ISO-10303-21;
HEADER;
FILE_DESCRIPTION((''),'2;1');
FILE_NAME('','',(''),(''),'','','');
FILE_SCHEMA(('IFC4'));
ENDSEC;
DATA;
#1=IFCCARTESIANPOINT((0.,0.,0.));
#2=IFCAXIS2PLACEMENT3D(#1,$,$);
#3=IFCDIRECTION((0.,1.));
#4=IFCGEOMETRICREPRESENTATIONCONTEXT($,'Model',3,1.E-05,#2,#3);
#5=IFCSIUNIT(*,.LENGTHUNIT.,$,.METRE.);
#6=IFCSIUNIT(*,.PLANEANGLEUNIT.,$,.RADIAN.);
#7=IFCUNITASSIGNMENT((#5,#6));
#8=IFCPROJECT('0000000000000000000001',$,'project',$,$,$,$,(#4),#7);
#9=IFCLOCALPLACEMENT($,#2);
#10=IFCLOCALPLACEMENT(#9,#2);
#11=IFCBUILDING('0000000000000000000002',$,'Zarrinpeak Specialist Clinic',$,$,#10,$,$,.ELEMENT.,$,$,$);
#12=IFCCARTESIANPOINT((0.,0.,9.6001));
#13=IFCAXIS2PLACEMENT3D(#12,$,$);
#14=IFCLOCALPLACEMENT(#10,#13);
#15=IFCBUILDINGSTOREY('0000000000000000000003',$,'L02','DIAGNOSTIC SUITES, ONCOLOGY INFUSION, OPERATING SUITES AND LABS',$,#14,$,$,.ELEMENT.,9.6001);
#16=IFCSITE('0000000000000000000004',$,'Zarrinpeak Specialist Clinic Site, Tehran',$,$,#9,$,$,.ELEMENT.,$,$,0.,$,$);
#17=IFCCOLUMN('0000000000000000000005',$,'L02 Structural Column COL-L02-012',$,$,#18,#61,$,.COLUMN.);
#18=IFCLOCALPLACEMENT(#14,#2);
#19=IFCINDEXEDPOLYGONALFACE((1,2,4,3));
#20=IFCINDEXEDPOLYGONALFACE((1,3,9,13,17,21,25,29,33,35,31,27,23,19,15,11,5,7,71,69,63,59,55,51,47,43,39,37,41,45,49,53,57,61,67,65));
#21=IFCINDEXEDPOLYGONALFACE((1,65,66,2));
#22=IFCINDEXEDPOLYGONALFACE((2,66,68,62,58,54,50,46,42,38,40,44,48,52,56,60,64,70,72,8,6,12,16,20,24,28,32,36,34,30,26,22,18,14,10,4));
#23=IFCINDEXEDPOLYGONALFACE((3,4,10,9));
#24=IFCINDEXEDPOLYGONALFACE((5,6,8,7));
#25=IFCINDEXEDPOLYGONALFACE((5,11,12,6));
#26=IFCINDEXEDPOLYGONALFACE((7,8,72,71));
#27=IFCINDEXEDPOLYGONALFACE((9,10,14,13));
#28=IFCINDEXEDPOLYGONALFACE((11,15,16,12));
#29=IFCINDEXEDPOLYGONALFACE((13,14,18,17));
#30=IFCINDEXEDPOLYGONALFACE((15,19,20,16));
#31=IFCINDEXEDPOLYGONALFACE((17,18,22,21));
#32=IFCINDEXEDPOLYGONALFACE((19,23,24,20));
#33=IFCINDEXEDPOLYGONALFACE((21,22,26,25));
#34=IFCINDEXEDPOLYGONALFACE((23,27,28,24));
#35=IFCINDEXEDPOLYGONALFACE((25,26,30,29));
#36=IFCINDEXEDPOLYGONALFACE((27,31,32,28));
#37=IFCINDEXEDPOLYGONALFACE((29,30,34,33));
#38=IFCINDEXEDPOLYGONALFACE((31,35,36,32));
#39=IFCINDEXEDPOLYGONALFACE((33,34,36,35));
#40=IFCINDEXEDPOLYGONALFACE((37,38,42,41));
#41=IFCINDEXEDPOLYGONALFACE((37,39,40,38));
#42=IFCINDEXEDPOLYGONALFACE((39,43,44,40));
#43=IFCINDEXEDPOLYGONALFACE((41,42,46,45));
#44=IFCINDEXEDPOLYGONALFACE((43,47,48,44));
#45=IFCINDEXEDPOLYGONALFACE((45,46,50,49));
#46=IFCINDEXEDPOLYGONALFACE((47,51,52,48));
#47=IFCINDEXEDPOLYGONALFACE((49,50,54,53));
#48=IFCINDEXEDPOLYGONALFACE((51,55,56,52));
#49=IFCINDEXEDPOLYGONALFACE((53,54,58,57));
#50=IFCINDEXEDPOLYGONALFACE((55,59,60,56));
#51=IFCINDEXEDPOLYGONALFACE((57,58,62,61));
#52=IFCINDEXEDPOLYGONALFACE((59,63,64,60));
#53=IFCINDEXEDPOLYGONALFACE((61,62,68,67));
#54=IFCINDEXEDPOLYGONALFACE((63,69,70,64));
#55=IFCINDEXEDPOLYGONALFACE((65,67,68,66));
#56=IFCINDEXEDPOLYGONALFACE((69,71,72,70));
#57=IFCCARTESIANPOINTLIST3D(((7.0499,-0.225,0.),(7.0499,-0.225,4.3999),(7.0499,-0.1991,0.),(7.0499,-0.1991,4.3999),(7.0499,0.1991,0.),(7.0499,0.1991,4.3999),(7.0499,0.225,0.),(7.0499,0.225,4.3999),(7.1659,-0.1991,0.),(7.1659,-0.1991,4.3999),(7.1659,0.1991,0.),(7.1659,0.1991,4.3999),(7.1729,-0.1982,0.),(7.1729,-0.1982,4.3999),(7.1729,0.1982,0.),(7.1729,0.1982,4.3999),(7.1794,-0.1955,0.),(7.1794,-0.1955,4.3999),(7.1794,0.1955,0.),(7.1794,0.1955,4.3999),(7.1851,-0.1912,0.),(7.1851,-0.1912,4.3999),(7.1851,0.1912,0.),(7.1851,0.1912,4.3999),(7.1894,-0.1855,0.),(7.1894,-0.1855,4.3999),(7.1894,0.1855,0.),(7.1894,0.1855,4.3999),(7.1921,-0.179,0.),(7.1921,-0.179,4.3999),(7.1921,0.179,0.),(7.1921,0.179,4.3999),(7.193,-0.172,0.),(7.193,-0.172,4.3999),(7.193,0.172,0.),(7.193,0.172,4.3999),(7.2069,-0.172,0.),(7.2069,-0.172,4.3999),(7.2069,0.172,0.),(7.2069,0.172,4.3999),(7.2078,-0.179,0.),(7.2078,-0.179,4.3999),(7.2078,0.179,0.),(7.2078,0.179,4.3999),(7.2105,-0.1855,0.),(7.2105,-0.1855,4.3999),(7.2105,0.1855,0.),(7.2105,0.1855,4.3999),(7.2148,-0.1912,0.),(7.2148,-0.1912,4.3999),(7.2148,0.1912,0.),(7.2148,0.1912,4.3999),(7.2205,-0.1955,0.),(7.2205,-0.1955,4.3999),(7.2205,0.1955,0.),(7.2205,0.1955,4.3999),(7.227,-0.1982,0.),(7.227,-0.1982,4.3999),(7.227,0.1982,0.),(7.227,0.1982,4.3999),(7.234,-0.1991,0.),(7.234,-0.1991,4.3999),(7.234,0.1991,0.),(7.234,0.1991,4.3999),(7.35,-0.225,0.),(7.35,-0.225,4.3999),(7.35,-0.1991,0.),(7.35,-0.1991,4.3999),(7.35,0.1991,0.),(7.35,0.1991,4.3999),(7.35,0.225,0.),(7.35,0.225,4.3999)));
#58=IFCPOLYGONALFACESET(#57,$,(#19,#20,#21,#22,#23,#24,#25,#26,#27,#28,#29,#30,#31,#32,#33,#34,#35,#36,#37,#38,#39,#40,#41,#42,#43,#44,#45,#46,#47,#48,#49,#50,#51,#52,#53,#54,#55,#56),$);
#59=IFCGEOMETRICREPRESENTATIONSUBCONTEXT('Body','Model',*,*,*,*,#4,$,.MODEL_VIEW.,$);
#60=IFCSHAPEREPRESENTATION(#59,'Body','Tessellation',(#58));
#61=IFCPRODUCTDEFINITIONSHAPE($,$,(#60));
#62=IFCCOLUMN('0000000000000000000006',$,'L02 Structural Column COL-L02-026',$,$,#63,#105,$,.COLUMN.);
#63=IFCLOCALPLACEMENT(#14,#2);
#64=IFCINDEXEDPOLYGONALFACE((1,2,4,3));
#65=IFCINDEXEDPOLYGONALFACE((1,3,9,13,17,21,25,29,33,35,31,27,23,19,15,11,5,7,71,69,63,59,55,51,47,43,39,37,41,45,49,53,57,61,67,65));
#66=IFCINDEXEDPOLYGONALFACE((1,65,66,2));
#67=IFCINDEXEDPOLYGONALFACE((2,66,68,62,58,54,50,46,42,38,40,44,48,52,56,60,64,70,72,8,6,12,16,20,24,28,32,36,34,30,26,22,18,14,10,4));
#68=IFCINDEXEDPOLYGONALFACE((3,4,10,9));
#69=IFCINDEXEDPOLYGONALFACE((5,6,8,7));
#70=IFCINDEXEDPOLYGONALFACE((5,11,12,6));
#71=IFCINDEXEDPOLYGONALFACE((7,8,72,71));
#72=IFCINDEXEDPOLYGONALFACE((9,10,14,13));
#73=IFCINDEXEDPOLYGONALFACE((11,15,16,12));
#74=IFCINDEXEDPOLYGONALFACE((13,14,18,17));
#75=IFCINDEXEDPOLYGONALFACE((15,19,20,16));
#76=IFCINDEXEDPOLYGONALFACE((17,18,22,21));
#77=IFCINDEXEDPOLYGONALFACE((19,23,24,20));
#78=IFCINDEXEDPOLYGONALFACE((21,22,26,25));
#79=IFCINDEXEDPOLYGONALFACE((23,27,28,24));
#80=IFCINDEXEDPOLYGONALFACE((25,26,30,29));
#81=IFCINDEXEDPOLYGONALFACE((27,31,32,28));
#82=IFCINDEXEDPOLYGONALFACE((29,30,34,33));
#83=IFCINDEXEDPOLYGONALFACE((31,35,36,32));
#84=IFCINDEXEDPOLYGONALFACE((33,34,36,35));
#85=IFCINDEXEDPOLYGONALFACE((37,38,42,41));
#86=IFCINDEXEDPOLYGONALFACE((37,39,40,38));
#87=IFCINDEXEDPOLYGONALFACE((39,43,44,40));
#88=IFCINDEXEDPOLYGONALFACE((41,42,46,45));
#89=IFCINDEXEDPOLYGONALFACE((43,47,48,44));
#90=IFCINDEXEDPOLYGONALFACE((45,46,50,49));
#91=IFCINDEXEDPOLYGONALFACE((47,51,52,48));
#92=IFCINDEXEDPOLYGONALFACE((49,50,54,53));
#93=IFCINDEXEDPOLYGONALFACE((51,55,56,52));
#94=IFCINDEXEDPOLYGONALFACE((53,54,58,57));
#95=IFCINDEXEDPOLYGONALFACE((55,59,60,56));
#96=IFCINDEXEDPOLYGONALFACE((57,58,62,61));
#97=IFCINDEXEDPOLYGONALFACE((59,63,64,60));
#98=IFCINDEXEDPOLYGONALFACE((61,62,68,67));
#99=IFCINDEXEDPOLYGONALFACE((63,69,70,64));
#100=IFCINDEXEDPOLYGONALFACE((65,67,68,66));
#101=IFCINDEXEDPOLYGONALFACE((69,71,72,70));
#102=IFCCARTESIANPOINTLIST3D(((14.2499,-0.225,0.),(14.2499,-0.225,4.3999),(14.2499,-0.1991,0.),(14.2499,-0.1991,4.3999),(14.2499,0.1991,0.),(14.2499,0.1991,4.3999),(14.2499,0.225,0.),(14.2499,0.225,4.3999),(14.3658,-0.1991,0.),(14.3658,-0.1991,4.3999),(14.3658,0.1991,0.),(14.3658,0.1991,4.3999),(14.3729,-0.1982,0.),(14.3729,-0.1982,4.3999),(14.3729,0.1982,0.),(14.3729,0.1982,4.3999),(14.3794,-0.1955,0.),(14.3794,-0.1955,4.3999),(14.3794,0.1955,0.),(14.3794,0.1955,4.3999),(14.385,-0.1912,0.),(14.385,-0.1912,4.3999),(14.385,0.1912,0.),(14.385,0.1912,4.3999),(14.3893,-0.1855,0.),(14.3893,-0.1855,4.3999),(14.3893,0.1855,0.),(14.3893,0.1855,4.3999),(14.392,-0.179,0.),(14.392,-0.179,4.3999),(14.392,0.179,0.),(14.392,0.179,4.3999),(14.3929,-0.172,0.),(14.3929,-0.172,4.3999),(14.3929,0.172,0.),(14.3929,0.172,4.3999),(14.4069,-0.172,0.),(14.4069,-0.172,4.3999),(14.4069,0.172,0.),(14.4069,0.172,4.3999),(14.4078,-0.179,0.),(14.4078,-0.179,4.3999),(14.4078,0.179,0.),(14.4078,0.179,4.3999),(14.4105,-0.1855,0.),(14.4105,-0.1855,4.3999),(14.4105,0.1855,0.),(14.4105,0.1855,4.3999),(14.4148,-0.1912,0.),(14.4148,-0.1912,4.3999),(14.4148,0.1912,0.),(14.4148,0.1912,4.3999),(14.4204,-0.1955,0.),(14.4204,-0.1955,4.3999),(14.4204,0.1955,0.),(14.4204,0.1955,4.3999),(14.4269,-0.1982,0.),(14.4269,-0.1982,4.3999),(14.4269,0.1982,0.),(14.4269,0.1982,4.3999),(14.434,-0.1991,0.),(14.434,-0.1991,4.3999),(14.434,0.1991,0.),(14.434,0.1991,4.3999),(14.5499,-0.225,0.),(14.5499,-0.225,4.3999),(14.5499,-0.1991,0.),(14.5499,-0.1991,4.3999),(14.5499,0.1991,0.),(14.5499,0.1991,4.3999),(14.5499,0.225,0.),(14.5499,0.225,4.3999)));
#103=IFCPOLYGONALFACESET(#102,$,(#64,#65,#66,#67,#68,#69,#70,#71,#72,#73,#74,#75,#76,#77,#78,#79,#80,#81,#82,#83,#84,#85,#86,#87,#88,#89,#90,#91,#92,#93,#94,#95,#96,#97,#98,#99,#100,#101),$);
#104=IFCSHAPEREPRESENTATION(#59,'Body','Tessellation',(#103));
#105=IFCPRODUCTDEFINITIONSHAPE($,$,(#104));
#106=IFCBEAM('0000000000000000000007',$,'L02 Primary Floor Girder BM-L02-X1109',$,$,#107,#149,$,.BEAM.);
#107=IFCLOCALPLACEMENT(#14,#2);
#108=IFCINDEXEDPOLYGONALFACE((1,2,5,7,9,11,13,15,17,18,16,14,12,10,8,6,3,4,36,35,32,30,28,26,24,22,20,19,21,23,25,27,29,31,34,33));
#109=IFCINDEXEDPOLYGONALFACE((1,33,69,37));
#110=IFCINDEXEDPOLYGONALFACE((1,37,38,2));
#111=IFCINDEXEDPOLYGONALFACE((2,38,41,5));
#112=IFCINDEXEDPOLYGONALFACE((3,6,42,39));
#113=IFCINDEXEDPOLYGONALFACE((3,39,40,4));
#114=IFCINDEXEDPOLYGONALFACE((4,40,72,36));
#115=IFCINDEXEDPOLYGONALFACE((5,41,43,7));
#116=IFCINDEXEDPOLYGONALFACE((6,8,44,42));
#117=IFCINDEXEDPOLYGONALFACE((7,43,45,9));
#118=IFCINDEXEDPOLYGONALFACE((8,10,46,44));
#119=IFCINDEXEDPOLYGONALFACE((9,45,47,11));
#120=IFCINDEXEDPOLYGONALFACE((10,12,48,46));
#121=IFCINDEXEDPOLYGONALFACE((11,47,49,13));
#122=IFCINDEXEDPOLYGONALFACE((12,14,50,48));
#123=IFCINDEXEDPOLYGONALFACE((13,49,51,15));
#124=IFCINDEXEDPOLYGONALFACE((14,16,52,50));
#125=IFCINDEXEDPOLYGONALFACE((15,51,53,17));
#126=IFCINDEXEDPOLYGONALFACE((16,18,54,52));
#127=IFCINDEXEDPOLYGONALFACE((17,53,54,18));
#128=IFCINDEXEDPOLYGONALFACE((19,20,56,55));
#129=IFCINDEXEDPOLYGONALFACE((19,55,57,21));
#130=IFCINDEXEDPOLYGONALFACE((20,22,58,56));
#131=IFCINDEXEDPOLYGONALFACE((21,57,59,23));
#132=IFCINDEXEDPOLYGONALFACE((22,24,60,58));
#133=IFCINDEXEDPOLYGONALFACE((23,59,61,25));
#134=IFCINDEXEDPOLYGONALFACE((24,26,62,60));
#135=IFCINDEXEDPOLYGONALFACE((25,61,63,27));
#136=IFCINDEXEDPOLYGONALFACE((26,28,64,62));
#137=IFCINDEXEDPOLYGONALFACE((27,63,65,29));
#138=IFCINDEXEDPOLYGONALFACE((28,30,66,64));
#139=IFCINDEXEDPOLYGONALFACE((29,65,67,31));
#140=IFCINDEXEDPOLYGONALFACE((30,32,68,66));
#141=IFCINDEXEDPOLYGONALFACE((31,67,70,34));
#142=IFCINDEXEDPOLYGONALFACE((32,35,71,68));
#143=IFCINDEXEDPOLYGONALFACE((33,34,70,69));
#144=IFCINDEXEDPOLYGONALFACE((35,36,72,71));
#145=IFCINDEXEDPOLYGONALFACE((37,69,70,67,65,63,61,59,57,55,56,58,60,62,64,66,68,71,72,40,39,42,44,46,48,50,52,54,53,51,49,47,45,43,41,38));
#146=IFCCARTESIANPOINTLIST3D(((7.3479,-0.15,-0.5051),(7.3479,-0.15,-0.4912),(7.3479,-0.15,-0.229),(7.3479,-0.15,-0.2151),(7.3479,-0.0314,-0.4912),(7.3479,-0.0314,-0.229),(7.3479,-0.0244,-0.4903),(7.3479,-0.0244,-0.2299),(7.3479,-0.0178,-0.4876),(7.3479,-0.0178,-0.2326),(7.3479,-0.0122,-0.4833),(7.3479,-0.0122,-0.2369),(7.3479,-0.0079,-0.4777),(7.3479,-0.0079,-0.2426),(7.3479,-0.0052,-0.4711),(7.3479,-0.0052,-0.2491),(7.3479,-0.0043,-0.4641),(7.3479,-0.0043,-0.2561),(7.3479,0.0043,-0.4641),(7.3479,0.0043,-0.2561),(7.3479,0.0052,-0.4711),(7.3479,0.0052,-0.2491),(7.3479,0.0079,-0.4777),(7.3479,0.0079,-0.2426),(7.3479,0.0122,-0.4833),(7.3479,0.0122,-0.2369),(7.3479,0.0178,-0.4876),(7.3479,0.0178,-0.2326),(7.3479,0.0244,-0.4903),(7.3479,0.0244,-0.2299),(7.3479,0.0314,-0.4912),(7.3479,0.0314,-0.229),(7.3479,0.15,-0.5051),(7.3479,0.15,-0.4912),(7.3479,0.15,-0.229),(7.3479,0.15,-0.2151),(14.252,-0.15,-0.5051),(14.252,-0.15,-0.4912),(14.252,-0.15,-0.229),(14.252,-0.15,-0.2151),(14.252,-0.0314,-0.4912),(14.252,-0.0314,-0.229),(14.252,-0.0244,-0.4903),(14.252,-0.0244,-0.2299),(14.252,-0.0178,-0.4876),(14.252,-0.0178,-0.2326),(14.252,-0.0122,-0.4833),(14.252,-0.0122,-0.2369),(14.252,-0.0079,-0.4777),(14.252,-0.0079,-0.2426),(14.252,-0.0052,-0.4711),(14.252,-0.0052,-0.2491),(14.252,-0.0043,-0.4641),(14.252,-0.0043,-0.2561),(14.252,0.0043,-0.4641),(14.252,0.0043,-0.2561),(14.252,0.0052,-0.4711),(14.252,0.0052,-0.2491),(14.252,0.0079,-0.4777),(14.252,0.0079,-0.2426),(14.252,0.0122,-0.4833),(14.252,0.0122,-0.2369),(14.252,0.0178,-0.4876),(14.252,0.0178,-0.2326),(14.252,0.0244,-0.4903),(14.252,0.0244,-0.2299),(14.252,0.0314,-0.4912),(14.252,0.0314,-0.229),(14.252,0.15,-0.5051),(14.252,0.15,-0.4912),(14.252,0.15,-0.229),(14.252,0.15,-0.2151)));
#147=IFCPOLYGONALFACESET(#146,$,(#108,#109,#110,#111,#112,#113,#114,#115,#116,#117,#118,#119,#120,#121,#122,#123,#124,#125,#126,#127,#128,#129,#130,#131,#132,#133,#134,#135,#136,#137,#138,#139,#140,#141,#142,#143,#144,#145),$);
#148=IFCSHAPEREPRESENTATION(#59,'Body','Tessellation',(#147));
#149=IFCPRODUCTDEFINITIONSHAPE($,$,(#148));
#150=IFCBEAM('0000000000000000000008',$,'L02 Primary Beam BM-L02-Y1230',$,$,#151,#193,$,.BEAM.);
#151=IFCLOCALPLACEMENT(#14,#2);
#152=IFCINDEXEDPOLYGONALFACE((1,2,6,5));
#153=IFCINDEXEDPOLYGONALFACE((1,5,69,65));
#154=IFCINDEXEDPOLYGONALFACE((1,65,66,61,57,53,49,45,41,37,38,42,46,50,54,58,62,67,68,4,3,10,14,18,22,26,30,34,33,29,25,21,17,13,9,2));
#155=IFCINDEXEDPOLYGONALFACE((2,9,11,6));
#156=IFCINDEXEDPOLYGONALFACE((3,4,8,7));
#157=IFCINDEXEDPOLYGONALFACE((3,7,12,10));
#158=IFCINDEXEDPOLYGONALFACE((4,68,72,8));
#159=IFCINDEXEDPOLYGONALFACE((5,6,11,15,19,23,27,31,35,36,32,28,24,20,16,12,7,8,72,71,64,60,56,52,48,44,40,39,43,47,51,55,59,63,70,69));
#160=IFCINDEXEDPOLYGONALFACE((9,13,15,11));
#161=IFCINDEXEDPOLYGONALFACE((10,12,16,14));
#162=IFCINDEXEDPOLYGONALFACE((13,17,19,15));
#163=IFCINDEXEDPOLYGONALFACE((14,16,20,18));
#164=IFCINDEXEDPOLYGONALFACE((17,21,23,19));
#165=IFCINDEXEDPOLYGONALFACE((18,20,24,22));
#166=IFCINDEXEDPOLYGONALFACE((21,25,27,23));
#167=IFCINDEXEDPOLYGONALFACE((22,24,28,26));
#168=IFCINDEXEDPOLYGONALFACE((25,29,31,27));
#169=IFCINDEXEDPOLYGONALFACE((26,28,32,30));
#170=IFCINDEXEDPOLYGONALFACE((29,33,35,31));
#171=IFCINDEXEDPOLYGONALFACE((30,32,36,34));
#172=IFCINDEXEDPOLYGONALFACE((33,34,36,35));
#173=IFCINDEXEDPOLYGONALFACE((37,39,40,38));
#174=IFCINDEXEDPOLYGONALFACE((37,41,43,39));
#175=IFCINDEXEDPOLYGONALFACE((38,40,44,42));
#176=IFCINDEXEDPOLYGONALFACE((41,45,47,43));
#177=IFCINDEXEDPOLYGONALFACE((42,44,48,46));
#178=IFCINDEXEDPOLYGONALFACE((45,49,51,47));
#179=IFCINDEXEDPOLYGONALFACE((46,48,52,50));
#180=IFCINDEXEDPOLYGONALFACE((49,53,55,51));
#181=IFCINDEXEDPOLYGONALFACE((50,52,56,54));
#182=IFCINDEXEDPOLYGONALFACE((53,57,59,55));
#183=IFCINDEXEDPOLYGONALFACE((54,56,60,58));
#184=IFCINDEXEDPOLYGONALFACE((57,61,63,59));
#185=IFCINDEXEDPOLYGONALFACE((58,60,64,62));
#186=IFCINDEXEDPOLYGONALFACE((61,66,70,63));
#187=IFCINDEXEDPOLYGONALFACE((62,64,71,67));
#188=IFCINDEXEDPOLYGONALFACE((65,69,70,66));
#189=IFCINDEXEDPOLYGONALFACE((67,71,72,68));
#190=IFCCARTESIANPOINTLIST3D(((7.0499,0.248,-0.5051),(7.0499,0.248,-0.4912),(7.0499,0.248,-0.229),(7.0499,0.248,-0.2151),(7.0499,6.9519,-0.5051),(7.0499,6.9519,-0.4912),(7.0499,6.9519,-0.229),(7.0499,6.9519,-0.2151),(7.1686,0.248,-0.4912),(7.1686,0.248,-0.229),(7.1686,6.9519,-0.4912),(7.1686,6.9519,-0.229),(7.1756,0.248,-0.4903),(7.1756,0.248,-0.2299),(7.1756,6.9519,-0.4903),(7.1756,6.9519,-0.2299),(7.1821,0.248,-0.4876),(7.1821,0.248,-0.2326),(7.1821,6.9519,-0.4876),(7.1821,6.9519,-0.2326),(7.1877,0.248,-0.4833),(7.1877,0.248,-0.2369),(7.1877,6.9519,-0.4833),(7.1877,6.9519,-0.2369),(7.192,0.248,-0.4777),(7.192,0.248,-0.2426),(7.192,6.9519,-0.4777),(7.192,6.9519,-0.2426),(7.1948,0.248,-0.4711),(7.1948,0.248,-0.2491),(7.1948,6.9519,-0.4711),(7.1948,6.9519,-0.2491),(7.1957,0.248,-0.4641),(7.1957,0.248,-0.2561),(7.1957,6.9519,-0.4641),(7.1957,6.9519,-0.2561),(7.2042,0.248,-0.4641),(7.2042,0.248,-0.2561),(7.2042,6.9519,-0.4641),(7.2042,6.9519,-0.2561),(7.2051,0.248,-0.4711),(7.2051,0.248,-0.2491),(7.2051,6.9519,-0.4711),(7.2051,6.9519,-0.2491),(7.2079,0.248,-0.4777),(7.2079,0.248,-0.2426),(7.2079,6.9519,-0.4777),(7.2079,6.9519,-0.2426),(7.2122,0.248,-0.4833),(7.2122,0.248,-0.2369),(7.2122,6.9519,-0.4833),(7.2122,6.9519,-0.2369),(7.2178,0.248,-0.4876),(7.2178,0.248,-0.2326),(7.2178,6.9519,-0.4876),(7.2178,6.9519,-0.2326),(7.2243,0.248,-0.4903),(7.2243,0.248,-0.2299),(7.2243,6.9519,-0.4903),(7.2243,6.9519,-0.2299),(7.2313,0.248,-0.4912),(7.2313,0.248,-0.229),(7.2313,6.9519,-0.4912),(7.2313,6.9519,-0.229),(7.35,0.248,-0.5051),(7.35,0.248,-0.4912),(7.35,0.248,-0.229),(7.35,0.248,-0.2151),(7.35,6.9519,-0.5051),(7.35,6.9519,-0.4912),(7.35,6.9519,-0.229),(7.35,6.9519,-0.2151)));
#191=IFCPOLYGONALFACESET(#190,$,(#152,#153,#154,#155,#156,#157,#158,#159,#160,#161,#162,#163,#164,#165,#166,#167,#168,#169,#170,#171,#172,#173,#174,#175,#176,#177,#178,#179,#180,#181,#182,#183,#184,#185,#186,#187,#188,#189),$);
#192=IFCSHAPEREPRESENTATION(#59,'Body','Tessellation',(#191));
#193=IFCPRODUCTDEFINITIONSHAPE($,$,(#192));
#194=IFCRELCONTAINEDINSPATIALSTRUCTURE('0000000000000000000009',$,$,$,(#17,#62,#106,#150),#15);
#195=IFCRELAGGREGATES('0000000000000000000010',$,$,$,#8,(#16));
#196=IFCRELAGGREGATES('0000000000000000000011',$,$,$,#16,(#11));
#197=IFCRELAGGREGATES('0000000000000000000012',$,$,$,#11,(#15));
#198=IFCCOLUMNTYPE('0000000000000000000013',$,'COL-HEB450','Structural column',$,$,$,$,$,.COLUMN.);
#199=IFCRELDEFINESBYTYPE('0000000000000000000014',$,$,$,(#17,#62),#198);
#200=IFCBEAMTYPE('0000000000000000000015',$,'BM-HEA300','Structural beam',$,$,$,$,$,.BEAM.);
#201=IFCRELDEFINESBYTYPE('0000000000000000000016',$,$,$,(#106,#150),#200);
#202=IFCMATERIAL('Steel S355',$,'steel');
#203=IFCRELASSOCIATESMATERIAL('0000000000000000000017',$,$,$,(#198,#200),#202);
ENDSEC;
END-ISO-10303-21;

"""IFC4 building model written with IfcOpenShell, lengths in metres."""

from ifc_helpers import new_model, si_unit, direction, frame, origin, origin_2d, place, context, subcontext, project, spatial, i_section, extrude, material, material_profile, profile_set, type_object, element, save


model = new_model("IFC4")

# Units and contexts
model_context = context("Model", 3, precision=1e-05, world=origin(), true_north=direction((0.0, 1.0)))
body_context = subcontext(model_context, "Body", "Model", "MODEL_VIEW")
ifc_project = project(units=[si_unit("LENGTHUNIT", "METRE"), si_unit("PLANEANGLEUNIT", "RADIAN")], contexts=[model_context])

# Site, building, storey
site_placement = place(None, origin())
site = spatial("IfcSite", under=ifc_project, at=site_placement, Name="Zarrinpeak Specialist Clinic Site, Tehran", CompositionType="ELEMENT", RefElevation=0.0)
building_placement = place(site_placement, origin())
building = spatial("IfcBuilding", under=site, at=building_placement, Name="Zarrinpeak Specialist Clinic", CompositionType="ELEMENT")
storey_placement = place(building_placement, frame((0.0, 0.0, 9.6001)))
storey = spatial("IfcBuildingStorey", under=building, at=storey_placement, Name="L02", Description="DIAGNOSTIC SUITES, ONCOLOGY INFUSION, OPERATING SUITES AND LABS", CompositionType="ELEMENT", Elevation=9.6001)

# Columns
ifc_material_1 = material(Name="Steel S355", Category="steel")
ifc_material_profile_1 = material_profile(ifc_material_1, i_section(OverallWidth=0.3, OverallDepth=0.45, WebThickness=0.0139, FlangeThickness=0.0259, FilletRadius=0.0271, at=origin_2d()), Name="HEB 450")
ifc_profile_set_1 = profile_set([ifc_material_profile_1], Name="Steel S355")
column_type = type_object("IfcColumnType", Name="COL-HEB450", Description="Structural column", PredefinedType="COLUMN", material=ifc_profile_set_1)
for number, where, z_axis, x_axis, name in (
    (1, (7.2, 0.0, 0.0), (0.0, 0.0, 1.0), (1.0, 0.0, 0.0), "L02 Structural Column COL-L02-012"),
    (2, (14.3999, 0.0, 0.0), (0.0, 0.0, 1.0), (1.0, 0.0, 0.0), "L02 Structural Column COL-L02-026"),
):
    element("IfcColumn", number, at=place(storey_placement, frame(where, z_axis=z_axis, x_axis=x_axis)), inside=storey, type_object=column_type, Name=name, PredefinedType="COLUMN", context=body_context, shape_type="SweptSolid", body=[
        extrude(i_section(OverallWidth=0.3, OverallDepth=0.45, WebThickness=0.0139, FlangeThickness=0.0259, FilletRadius=0.0271, at=origin_2d()), origin(), (0.0, 0.0, 1.0), 4.3999),
    ])

# Beams
ifc_material_profile_2 = material_profile(ifc_material_1, i_section(OverallWidth=0.3, OverallDepth=0.29, WebThickness=0.0085, FlangeThickness=0.0139, FilletRadius=0.0271, at=origin_2d()), Name="HEA 300")
ifc_profile_set_2 = profile_set([ifc_material_profile_2], Name="Steel S355")
beam_type_1 = type_object("IfcBeamType", Name="BM-HEA300", Description="Structural beam", PredefinedType="BEAM", material=ifc_profile_set_2)
beam_placement = place(storey_placement, frame((7.3479, 0.0, -0.3601), z_axis=(1.0, 0.0, 0.0), x_axis=(0.0, 1.0, 0.0)))
element("IfcBeam", 3, at=beam_placement, inside=storey, type_object=beam_type_1, Name="L02 Primary Floor Girder BM-L02-X1109", PredefinedType="BEAM", context=body_context, shape_type="SweptSolid", body=[
    extrude(i_section(OverallWidth=0.3, OverallDepth=0.29, WebThickness=0.0085, FlangeThickness=0.0139, FilletRadius=0.0271, at=origin_2d()), origin(), (0.0, 0.0, 1.0), 6.9041),
])
for number, where, z_axis, x_axis, name in (
    (4, (7.2, 0.248, -0.3601), (0.0, 1.0, 0.0), (-1.0, 0.0, 0.0), "L02 Primary Beam BM-L02-Y1230"),
):
    element("IfcBeam", number, at=place(storey_placement, frame(where, z_axis=z_axis, x_axis=x_axis)), inside=storey, type_object=beam_type_1, Name=name, PredefinedType="BEAM", context=body_context, shape_type="SweptSolid", body=[
        extrude(i_section(OverallWidth=0.3, OverallDepth=0.29, WebThickness=0.0085, FlangeThickness=0.0139, FilletRadius=0.0271, at=origin_2d()), origin(), (0.0, 0.0, 1.0), 6.7039),
    ])

save(model, "model.ifc")
